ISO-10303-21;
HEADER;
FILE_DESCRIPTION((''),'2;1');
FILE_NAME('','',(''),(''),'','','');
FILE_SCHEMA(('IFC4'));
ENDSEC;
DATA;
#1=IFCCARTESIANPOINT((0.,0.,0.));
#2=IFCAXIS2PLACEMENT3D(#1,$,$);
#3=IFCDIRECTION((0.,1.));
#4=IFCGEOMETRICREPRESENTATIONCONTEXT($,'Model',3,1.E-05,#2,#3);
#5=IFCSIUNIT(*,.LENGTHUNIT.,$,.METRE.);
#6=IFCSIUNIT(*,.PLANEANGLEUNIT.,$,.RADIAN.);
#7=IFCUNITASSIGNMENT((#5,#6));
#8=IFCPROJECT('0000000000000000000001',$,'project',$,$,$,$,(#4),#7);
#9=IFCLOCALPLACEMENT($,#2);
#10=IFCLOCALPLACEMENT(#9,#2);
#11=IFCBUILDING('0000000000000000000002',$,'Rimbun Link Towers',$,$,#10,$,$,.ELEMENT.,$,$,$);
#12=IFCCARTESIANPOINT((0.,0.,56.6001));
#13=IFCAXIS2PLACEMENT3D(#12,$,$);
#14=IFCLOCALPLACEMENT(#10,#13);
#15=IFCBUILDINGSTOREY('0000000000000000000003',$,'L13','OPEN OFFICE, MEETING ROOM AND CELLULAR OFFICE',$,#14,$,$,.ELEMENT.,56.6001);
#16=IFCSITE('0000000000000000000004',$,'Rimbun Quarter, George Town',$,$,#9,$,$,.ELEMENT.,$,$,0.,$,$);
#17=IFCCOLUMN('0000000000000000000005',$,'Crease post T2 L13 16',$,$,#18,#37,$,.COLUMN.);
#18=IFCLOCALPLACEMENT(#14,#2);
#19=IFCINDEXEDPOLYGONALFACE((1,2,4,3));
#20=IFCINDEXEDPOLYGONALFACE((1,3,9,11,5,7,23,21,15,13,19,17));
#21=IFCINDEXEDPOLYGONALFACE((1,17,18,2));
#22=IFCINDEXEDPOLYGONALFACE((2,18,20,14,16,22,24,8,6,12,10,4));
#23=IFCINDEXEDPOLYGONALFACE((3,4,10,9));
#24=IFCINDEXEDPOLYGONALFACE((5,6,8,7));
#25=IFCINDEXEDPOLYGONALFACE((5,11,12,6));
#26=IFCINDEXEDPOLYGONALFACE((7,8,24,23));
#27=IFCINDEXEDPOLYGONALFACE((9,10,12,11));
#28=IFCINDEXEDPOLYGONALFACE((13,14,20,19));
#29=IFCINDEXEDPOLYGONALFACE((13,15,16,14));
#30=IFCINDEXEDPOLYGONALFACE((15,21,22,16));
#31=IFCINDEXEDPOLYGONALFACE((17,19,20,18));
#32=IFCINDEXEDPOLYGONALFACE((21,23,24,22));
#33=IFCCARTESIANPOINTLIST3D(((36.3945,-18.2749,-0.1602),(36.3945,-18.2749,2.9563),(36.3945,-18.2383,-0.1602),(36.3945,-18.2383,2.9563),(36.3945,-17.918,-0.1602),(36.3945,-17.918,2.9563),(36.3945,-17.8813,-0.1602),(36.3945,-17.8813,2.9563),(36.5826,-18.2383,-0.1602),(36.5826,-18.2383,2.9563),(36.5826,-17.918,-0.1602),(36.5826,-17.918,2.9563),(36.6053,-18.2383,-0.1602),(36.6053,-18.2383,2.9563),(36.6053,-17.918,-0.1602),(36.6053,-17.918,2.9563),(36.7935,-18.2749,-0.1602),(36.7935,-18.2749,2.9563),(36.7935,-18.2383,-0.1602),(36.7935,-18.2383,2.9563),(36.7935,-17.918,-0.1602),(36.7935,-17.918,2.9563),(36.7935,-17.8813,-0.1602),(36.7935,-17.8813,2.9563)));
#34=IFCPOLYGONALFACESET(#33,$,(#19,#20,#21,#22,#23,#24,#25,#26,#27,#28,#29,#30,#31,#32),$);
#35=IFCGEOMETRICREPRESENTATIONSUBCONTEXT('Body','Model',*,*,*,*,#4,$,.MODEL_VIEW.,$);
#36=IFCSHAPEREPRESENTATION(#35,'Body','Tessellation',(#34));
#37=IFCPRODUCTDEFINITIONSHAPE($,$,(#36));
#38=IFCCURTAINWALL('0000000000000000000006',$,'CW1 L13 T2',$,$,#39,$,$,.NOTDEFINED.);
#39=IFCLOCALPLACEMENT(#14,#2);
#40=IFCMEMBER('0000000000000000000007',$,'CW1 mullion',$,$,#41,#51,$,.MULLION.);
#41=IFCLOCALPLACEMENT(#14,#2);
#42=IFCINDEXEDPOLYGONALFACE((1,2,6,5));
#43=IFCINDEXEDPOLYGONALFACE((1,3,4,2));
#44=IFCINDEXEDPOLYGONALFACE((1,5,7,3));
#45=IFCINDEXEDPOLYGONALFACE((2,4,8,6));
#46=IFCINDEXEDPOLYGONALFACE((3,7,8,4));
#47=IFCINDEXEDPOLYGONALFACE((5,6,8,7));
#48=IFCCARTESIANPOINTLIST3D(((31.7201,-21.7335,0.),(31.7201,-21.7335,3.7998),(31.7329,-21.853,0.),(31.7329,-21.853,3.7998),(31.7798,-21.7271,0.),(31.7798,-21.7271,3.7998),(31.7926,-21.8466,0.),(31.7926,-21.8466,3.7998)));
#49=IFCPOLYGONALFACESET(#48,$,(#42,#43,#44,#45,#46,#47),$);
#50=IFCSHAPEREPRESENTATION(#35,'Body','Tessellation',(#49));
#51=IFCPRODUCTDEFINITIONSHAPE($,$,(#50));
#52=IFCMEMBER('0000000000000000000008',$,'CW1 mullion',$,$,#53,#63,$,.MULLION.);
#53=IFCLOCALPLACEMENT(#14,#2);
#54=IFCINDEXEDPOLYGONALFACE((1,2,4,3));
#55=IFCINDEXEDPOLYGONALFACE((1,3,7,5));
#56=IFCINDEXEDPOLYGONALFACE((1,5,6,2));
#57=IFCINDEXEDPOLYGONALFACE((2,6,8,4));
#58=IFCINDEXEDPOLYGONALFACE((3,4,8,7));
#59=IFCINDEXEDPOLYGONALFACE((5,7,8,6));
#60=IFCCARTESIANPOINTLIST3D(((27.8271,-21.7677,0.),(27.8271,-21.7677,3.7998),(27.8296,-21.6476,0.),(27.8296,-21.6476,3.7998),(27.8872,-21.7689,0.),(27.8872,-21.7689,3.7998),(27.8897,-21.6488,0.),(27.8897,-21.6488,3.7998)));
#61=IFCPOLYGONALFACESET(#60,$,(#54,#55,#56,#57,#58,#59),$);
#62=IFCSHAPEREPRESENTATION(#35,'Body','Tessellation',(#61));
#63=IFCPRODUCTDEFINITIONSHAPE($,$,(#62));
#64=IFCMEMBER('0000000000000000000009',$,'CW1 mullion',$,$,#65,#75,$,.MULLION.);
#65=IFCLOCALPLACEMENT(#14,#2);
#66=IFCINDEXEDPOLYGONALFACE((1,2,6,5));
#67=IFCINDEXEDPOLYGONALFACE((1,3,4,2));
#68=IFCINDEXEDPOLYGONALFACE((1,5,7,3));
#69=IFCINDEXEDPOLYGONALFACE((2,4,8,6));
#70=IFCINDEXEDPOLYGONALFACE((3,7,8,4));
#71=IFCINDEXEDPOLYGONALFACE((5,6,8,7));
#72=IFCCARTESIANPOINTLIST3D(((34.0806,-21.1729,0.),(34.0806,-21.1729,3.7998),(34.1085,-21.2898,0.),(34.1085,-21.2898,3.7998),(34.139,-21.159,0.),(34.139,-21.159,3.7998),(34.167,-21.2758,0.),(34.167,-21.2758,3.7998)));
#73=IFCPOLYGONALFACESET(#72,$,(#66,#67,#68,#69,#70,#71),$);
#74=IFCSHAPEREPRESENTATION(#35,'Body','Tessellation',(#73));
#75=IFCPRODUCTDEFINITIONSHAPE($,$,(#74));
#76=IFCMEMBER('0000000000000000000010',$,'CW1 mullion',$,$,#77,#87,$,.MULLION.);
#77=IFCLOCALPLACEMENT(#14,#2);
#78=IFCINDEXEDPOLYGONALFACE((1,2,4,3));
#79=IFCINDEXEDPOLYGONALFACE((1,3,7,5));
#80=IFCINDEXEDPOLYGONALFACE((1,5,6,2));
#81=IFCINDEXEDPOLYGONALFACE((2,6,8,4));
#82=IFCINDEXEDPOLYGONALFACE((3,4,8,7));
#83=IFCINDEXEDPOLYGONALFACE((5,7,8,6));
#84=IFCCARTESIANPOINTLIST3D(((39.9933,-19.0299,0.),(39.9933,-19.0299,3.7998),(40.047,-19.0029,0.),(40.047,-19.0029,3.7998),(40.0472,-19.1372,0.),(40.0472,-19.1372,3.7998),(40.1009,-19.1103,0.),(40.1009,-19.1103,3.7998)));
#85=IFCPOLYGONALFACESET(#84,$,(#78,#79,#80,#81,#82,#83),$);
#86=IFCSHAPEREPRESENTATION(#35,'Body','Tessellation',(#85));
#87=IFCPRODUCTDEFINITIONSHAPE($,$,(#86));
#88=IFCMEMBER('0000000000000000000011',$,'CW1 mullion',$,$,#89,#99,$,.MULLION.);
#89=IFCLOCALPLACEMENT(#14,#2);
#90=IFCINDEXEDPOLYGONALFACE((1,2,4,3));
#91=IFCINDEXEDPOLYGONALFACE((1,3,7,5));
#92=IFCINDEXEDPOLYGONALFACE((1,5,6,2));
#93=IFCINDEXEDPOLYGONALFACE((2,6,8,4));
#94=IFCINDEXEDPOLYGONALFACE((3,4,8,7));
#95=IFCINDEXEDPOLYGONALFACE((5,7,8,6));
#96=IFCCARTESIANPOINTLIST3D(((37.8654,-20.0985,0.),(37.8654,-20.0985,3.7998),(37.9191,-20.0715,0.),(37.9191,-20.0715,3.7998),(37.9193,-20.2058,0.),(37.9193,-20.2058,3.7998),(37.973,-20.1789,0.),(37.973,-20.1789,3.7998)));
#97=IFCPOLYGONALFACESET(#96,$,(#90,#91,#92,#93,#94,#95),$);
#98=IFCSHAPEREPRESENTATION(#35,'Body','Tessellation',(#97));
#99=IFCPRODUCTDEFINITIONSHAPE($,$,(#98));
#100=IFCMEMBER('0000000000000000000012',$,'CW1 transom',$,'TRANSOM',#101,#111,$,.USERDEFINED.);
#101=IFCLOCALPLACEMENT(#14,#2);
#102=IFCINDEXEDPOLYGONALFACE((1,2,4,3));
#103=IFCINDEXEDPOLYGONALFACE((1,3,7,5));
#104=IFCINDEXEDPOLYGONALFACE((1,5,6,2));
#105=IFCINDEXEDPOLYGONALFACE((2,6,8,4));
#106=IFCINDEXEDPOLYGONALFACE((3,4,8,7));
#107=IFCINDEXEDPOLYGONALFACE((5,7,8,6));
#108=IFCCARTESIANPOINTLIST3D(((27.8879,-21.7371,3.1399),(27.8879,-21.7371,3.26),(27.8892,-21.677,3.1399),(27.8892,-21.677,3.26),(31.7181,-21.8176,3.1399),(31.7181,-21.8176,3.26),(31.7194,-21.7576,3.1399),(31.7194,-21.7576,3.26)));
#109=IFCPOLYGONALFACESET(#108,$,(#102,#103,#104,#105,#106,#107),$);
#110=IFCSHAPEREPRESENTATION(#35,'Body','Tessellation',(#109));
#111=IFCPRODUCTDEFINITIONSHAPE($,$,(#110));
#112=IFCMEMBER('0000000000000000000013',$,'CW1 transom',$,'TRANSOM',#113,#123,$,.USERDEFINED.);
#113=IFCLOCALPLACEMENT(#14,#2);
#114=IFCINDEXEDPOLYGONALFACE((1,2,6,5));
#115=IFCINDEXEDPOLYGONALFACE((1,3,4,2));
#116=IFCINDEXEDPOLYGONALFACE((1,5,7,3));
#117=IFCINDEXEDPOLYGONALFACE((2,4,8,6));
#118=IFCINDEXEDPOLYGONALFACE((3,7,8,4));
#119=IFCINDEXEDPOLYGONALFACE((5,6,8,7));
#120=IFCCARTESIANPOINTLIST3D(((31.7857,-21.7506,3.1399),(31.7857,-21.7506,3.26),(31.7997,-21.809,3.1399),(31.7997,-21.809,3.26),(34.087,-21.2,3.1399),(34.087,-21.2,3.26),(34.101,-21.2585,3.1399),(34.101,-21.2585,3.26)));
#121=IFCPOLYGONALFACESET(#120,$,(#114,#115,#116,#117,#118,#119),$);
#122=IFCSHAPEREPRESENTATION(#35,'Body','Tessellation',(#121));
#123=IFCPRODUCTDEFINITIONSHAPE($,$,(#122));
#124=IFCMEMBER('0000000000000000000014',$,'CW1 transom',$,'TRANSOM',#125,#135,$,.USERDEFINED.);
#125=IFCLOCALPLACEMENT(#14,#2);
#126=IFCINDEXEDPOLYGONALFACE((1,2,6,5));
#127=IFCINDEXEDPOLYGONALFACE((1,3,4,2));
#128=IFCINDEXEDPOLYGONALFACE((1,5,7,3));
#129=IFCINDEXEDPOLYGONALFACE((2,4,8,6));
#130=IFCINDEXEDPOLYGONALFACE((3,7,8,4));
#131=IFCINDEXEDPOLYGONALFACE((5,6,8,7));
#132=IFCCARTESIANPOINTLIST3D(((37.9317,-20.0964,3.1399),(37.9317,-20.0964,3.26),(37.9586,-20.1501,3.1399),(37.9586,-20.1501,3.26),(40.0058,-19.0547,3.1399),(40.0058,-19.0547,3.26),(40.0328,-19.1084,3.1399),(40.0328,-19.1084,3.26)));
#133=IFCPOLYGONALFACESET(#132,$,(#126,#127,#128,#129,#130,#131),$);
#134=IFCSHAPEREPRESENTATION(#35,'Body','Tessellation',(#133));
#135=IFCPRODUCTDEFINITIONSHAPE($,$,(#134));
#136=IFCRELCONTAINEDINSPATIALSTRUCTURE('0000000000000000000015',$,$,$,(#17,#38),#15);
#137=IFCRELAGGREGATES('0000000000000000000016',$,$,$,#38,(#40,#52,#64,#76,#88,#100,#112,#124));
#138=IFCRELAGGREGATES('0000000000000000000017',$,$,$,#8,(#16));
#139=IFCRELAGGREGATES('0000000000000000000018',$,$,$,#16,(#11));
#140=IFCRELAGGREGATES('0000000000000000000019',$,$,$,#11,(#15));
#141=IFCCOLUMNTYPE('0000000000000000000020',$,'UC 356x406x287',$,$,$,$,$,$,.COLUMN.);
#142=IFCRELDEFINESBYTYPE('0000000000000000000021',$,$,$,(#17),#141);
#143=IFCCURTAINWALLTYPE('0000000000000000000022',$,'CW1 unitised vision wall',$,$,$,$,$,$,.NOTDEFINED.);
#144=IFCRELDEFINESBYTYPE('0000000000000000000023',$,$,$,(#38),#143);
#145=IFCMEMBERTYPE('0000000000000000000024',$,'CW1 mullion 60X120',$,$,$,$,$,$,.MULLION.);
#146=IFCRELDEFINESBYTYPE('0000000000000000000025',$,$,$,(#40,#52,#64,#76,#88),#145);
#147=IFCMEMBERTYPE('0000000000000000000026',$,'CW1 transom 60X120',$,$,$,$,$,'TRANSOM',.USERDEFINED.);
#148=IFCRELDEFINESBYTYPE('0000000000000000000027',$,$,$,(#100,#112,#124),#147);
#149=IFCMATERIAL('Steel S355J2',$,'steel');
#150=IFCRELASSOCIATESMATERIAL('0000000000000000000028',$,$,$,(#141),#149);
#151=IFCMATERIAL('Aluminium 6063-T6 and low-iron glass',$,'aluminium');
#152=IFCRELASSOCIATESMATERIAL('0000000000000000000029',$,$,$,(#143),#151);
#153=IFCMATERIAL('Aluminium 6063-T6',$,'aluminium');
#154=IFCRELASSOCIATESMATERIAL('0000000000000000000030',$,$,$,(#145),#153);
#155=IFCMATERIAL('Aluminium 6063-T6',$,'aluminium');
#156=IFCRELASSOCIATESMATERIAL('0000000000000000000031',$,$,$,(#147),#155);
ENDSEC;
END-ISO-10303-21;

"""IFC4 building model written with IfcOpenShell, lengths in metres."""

from ifc_helpers import new_model, si_unit, direction, frame, origin, origin_2d, place, context, subcontext, project, spatial, rectangle, i_section, extrude, material, material_profile, profile_set, type_object, element, aggregate, save


model = new_model("IFC4")

# Units and contexts
model_context = context("Model", 3, precision=1e-05, world=origin(), true_north=direction((0.0, 1.0)))
body_context = subcontext(model_context, "Body", "Model", "MODEL_VIEW")
ifc_project = project(units=[si_unit("LENGTHUNIT", "METRE"), si_unit("PLANEANGLEUNIT", "RADIAN")], contexts=[model_context])

# Site, building, storey
site_placement = place(None, origin())
site = spatial("IfcSite", under=ifc_project, at=site_placement, Name="Rimbun Quarter, George Town", CompositionType="ELEMENT", RefElevation=0.0)
building_placement = place(site_placement, origin())
building = spatial("IfcBuilding", under=site, at=building_placement, Name="Rimbun Link Towers", CompositionType="ELEMENT")
storey_placement = place(building_placement, frame((0.0, 0.0, 56.6001)))
storey = spatial("IfcBuildingStorey", under=building, at=storey_placement, Name="L13", Description="OPEN OFFICE, MEETING ROOM AND CELLULAR OFFICE", CompositionType="ELEMENT", Elevation=56.6001)

# Column
ifc_material_1 = material(Name="Steel S355J2", Category="steel")
ifc_material_profile_1 = material_profile(ifc_material_1, i_section(OverallWidth=0.3989, OverallDepth=0.3936, WebThickness=0.0227, FlangeThickness=0.0366, at=origin_2d()), Name="UC 356x406x287")
ifc_profile_set_1 = profile_set([ifc_material_profile_1], Name="Steel S355J2")
column_type = type_object("IfcColumnType", Name="UC 356x406x287", PredefinedType="COLUMN", material=ifc_profile_set_1)
column_placement = place(storey_placement, frame((36.594, -18.0781, -0.1602), z_axis=(0.0, 0.0, 1.0), x_axis=(1.0, 0.0, 0.0)))
element("IfcColumn", 1, at=column_placement, inside=storey, type_object=column_type, Name="Crease post T2 L13 16", PredefinedType="COLUMN", context=body_context, shape_type="SweptSolid", body=[
    extrude(i_section(OverallWidth=0.3989, OverallDepth=0.3936, WebThickness=0.0227, FlangeThickness=0.0366, at=origin_2d()), origin(), (0.0, 0.0, 1.0), 3.1165),
])

# Curtain wall, members
ifc_material_2 = material(Name="Aluminium 6063-T6 and low-iron glass", Category="aluminium")
curtain_wall_type = type_object("IfcCurtainWallType", Name="CW1 unitised vision wall", PredefinedType="NOTDEFINED", material=ifc_material_2)
curtain_wall_placement = place(storey_placement, origin())
curtain_wall = element("IfcCurtainWall", 2, at=curtain_wall_placement, inside=storey, type_object=curtain_wall_type, Name="CW1 L13 T2", PredefinedType="NOTDEFINED")
ifc_material_3 = material(Name="Aluminium 6063-T6", Category="aluminium")
ifc_material_profile_2 = material_profile(ifc_material_3, rectangle(XDim=0.1201, YDim=0.0601, at=origin_2d()), Name="MULLION 60X120")
ifc_profile_set_2 = profile_set([ifc_material_profile_2], Name="Aluminium 6063-T6")
member_type_1 = type_object("IfcMemberType", Name="CW1 mullion 60X120", PredefinedType="MULLION", material=ifc_profile_set_2)
member_1_placement = place(storey_placement, frame((31.7563, -21.79, 0.0), z_axis=(0.0, 0.0, 1.0), x_axis=(0.10664, -0.994298, 0.0)))
member_1 = element("IfcMember", 3, at=member_1_placement, type_object=member_type_1, Name="CW1 mullion", PredefinedType="MULLION", context=body_context, shape_type="SweptSolid", body=[
    extrude(rectangle(XDim=0.1201, YDim=0.0601, at=origin_2d()), origin(), (0.0, 0.0, 1.0), 3.7998),
])
member_2_placement = place(storey_placement, frame((27.8584, -21.7083, 0.0), z_axis=(0.0, 0.0, 1.0), x_axis=(-0.021066, -0.999778, 0.0)))
member_2 = element("IfcMember", 4, at=member_2_placement, type_object=member_type_1, Name="CW1 mullion", PredefinedType="MULLION", context=body_context, shape_type="SweptSolid", body=[
    extrude(rectangle(XDim=0.1201, YDim=0.0601, at=origin_2d()), origin(), (0.0, 0.0, 1.0), 3.7998),
])
member_3_placement = place(storey_placement, frame((34.1238, -21.2244, 0.0), z_axis=(0.0, 0.0, 1.0), x_axis=(0.232603, -0.972572, 0.0)))
member_3 = element("IfcMember", 5, at=member_3_placement, type_object=member_type_1, Name="CW1 mullion", PredefinedType="MULLION", context=body_context, shape_type="SweptSolid", body=[
    extrude(rectangle(XDim=0.1201, YDim=0.0601, at=origin_2d()), origin(), (0.0, 0.0, 1.0), 3.7998),
])
member_4_placement = place(storey_placement, frame((40.0471, -19.0701, 0.0), z_axis=(0.0, 0.0, 1.0), x_axis=(0.448789, -0.893638, 0.0)))
member_4 = element("IfcMember", 6, at=member_4_placement, type_object=member_type_1, Name="CW1 mullion", PredefinedType="MULLION", context=body_context, shape_type="SweptSolid", body=[
    extrude(rectangle(XDim=0.1201, YDim=0.0601, at=origin_2d()), origin(), (0.0, 0.0, 1.0), 3.7998),
])
member_5_placement = place(storey_placement, frame((37.9192, -20.1387, 0.0), z_axis=(0.0, 0.0, 1.0), x_axis=(0.448789, -0.893638, 0.0)))
member_5 = element("IfcMember", 7, at=member_5_placement, type_object=member_type_1, Name="CW1 mullion", PredefinedType="MULLION", context=body_context, shape_type="SweptSolid", body=[
    extrude(rectangle(XDim=0.1201, YDim=0.0601, at=origin_2d()), origin(), (0.0, 0.0, 1.0), 3.7998),
])
ifc_material_4 = material(Name="Aluminium 6063-T6", Category="aluminium")
ifc_material_profile_3 = material_profile(ifc_material_4, rectangle(XDim=0.0601, YDim=0.1201, at=origin_2d()), Name="TRANSOM 60X120")
ifc_profile_set_3 = profile_set([ifc_material_profile_3], Name="Aluminium 6063-T6")
member_type_2 = type_object("IfcMemberType", Name="CW1 transom 60X120", ElementType="TRANSOM", PredefinedType="USERDEFINED", material=ifc_profile_set_3)
member_6_placement = place(storey_placement, frame((31.7188, -21.7876, 3.2), z_axis=(-0.999779, 0.021029, 0.0), x_axis=(-0.021029, -0.999779, 0.0)))
member_6 = element("IfcMember", 8, at=member_6_placement, type_object=member_type_2, Name="CW1 transom", ObjectType="TRANSOM", PredefinedType="USERDEFINED", context=body_context, shape_type="SweptSolid", body=[
    extrude(rectangle(XDim=0.0601, YDim=0.1201, at=origin_2d()), origin(), (0.0, 0.0, 1.0), 3.8311),
])
member_7_placement = place(storey_placement, frame((34.094, -21.2292, 3.2), z_axis=(-0.972557, -0.232667, 0.0), x_axis=(0.232667, -0.972557, 0.0)))
member_7 = element("IfcMember", 9, at=member_7_placement, type_object=member_type_2, Name="CW1 transom", ObjectType="TRANSOM", PredefinedType="USERDEFINED", context=body_context, shape_type="SweptSolid", body=[
    extrude(rectangle(XDim=0.0601, YDim=0.1201, at=origin_2d()), origin(), (0.0, 0.0, 1.0), 2.3662),
])
member_8_placement = place(storey_placement, frame((40.0193, -19.0815, 3.2), z_axis=(-0.893626, -0.448812, 0.0), x_axis=(0.448812, -0.893626, 0.0)))
member_8 = element("IfcMember", 10, at=member_8_placement, type_object=member_type_2, Name="CW1 transom", ObjectType="TRANSOM", PredefinedType="USERDEFINED", context=body_context, shape_type="SweptSolid", body=[
    extrude(rectangle(XDim=0.0601, YDim=0.1201, at=origin_2d()), origin(), (0.0, 0.0, 1.0), 2.321),
])

aggregate(curtain_wall, [member_1, member_2, member_3, member_4, member_5, member_6, member_7, member_8])

save(model, "model.ifc")
